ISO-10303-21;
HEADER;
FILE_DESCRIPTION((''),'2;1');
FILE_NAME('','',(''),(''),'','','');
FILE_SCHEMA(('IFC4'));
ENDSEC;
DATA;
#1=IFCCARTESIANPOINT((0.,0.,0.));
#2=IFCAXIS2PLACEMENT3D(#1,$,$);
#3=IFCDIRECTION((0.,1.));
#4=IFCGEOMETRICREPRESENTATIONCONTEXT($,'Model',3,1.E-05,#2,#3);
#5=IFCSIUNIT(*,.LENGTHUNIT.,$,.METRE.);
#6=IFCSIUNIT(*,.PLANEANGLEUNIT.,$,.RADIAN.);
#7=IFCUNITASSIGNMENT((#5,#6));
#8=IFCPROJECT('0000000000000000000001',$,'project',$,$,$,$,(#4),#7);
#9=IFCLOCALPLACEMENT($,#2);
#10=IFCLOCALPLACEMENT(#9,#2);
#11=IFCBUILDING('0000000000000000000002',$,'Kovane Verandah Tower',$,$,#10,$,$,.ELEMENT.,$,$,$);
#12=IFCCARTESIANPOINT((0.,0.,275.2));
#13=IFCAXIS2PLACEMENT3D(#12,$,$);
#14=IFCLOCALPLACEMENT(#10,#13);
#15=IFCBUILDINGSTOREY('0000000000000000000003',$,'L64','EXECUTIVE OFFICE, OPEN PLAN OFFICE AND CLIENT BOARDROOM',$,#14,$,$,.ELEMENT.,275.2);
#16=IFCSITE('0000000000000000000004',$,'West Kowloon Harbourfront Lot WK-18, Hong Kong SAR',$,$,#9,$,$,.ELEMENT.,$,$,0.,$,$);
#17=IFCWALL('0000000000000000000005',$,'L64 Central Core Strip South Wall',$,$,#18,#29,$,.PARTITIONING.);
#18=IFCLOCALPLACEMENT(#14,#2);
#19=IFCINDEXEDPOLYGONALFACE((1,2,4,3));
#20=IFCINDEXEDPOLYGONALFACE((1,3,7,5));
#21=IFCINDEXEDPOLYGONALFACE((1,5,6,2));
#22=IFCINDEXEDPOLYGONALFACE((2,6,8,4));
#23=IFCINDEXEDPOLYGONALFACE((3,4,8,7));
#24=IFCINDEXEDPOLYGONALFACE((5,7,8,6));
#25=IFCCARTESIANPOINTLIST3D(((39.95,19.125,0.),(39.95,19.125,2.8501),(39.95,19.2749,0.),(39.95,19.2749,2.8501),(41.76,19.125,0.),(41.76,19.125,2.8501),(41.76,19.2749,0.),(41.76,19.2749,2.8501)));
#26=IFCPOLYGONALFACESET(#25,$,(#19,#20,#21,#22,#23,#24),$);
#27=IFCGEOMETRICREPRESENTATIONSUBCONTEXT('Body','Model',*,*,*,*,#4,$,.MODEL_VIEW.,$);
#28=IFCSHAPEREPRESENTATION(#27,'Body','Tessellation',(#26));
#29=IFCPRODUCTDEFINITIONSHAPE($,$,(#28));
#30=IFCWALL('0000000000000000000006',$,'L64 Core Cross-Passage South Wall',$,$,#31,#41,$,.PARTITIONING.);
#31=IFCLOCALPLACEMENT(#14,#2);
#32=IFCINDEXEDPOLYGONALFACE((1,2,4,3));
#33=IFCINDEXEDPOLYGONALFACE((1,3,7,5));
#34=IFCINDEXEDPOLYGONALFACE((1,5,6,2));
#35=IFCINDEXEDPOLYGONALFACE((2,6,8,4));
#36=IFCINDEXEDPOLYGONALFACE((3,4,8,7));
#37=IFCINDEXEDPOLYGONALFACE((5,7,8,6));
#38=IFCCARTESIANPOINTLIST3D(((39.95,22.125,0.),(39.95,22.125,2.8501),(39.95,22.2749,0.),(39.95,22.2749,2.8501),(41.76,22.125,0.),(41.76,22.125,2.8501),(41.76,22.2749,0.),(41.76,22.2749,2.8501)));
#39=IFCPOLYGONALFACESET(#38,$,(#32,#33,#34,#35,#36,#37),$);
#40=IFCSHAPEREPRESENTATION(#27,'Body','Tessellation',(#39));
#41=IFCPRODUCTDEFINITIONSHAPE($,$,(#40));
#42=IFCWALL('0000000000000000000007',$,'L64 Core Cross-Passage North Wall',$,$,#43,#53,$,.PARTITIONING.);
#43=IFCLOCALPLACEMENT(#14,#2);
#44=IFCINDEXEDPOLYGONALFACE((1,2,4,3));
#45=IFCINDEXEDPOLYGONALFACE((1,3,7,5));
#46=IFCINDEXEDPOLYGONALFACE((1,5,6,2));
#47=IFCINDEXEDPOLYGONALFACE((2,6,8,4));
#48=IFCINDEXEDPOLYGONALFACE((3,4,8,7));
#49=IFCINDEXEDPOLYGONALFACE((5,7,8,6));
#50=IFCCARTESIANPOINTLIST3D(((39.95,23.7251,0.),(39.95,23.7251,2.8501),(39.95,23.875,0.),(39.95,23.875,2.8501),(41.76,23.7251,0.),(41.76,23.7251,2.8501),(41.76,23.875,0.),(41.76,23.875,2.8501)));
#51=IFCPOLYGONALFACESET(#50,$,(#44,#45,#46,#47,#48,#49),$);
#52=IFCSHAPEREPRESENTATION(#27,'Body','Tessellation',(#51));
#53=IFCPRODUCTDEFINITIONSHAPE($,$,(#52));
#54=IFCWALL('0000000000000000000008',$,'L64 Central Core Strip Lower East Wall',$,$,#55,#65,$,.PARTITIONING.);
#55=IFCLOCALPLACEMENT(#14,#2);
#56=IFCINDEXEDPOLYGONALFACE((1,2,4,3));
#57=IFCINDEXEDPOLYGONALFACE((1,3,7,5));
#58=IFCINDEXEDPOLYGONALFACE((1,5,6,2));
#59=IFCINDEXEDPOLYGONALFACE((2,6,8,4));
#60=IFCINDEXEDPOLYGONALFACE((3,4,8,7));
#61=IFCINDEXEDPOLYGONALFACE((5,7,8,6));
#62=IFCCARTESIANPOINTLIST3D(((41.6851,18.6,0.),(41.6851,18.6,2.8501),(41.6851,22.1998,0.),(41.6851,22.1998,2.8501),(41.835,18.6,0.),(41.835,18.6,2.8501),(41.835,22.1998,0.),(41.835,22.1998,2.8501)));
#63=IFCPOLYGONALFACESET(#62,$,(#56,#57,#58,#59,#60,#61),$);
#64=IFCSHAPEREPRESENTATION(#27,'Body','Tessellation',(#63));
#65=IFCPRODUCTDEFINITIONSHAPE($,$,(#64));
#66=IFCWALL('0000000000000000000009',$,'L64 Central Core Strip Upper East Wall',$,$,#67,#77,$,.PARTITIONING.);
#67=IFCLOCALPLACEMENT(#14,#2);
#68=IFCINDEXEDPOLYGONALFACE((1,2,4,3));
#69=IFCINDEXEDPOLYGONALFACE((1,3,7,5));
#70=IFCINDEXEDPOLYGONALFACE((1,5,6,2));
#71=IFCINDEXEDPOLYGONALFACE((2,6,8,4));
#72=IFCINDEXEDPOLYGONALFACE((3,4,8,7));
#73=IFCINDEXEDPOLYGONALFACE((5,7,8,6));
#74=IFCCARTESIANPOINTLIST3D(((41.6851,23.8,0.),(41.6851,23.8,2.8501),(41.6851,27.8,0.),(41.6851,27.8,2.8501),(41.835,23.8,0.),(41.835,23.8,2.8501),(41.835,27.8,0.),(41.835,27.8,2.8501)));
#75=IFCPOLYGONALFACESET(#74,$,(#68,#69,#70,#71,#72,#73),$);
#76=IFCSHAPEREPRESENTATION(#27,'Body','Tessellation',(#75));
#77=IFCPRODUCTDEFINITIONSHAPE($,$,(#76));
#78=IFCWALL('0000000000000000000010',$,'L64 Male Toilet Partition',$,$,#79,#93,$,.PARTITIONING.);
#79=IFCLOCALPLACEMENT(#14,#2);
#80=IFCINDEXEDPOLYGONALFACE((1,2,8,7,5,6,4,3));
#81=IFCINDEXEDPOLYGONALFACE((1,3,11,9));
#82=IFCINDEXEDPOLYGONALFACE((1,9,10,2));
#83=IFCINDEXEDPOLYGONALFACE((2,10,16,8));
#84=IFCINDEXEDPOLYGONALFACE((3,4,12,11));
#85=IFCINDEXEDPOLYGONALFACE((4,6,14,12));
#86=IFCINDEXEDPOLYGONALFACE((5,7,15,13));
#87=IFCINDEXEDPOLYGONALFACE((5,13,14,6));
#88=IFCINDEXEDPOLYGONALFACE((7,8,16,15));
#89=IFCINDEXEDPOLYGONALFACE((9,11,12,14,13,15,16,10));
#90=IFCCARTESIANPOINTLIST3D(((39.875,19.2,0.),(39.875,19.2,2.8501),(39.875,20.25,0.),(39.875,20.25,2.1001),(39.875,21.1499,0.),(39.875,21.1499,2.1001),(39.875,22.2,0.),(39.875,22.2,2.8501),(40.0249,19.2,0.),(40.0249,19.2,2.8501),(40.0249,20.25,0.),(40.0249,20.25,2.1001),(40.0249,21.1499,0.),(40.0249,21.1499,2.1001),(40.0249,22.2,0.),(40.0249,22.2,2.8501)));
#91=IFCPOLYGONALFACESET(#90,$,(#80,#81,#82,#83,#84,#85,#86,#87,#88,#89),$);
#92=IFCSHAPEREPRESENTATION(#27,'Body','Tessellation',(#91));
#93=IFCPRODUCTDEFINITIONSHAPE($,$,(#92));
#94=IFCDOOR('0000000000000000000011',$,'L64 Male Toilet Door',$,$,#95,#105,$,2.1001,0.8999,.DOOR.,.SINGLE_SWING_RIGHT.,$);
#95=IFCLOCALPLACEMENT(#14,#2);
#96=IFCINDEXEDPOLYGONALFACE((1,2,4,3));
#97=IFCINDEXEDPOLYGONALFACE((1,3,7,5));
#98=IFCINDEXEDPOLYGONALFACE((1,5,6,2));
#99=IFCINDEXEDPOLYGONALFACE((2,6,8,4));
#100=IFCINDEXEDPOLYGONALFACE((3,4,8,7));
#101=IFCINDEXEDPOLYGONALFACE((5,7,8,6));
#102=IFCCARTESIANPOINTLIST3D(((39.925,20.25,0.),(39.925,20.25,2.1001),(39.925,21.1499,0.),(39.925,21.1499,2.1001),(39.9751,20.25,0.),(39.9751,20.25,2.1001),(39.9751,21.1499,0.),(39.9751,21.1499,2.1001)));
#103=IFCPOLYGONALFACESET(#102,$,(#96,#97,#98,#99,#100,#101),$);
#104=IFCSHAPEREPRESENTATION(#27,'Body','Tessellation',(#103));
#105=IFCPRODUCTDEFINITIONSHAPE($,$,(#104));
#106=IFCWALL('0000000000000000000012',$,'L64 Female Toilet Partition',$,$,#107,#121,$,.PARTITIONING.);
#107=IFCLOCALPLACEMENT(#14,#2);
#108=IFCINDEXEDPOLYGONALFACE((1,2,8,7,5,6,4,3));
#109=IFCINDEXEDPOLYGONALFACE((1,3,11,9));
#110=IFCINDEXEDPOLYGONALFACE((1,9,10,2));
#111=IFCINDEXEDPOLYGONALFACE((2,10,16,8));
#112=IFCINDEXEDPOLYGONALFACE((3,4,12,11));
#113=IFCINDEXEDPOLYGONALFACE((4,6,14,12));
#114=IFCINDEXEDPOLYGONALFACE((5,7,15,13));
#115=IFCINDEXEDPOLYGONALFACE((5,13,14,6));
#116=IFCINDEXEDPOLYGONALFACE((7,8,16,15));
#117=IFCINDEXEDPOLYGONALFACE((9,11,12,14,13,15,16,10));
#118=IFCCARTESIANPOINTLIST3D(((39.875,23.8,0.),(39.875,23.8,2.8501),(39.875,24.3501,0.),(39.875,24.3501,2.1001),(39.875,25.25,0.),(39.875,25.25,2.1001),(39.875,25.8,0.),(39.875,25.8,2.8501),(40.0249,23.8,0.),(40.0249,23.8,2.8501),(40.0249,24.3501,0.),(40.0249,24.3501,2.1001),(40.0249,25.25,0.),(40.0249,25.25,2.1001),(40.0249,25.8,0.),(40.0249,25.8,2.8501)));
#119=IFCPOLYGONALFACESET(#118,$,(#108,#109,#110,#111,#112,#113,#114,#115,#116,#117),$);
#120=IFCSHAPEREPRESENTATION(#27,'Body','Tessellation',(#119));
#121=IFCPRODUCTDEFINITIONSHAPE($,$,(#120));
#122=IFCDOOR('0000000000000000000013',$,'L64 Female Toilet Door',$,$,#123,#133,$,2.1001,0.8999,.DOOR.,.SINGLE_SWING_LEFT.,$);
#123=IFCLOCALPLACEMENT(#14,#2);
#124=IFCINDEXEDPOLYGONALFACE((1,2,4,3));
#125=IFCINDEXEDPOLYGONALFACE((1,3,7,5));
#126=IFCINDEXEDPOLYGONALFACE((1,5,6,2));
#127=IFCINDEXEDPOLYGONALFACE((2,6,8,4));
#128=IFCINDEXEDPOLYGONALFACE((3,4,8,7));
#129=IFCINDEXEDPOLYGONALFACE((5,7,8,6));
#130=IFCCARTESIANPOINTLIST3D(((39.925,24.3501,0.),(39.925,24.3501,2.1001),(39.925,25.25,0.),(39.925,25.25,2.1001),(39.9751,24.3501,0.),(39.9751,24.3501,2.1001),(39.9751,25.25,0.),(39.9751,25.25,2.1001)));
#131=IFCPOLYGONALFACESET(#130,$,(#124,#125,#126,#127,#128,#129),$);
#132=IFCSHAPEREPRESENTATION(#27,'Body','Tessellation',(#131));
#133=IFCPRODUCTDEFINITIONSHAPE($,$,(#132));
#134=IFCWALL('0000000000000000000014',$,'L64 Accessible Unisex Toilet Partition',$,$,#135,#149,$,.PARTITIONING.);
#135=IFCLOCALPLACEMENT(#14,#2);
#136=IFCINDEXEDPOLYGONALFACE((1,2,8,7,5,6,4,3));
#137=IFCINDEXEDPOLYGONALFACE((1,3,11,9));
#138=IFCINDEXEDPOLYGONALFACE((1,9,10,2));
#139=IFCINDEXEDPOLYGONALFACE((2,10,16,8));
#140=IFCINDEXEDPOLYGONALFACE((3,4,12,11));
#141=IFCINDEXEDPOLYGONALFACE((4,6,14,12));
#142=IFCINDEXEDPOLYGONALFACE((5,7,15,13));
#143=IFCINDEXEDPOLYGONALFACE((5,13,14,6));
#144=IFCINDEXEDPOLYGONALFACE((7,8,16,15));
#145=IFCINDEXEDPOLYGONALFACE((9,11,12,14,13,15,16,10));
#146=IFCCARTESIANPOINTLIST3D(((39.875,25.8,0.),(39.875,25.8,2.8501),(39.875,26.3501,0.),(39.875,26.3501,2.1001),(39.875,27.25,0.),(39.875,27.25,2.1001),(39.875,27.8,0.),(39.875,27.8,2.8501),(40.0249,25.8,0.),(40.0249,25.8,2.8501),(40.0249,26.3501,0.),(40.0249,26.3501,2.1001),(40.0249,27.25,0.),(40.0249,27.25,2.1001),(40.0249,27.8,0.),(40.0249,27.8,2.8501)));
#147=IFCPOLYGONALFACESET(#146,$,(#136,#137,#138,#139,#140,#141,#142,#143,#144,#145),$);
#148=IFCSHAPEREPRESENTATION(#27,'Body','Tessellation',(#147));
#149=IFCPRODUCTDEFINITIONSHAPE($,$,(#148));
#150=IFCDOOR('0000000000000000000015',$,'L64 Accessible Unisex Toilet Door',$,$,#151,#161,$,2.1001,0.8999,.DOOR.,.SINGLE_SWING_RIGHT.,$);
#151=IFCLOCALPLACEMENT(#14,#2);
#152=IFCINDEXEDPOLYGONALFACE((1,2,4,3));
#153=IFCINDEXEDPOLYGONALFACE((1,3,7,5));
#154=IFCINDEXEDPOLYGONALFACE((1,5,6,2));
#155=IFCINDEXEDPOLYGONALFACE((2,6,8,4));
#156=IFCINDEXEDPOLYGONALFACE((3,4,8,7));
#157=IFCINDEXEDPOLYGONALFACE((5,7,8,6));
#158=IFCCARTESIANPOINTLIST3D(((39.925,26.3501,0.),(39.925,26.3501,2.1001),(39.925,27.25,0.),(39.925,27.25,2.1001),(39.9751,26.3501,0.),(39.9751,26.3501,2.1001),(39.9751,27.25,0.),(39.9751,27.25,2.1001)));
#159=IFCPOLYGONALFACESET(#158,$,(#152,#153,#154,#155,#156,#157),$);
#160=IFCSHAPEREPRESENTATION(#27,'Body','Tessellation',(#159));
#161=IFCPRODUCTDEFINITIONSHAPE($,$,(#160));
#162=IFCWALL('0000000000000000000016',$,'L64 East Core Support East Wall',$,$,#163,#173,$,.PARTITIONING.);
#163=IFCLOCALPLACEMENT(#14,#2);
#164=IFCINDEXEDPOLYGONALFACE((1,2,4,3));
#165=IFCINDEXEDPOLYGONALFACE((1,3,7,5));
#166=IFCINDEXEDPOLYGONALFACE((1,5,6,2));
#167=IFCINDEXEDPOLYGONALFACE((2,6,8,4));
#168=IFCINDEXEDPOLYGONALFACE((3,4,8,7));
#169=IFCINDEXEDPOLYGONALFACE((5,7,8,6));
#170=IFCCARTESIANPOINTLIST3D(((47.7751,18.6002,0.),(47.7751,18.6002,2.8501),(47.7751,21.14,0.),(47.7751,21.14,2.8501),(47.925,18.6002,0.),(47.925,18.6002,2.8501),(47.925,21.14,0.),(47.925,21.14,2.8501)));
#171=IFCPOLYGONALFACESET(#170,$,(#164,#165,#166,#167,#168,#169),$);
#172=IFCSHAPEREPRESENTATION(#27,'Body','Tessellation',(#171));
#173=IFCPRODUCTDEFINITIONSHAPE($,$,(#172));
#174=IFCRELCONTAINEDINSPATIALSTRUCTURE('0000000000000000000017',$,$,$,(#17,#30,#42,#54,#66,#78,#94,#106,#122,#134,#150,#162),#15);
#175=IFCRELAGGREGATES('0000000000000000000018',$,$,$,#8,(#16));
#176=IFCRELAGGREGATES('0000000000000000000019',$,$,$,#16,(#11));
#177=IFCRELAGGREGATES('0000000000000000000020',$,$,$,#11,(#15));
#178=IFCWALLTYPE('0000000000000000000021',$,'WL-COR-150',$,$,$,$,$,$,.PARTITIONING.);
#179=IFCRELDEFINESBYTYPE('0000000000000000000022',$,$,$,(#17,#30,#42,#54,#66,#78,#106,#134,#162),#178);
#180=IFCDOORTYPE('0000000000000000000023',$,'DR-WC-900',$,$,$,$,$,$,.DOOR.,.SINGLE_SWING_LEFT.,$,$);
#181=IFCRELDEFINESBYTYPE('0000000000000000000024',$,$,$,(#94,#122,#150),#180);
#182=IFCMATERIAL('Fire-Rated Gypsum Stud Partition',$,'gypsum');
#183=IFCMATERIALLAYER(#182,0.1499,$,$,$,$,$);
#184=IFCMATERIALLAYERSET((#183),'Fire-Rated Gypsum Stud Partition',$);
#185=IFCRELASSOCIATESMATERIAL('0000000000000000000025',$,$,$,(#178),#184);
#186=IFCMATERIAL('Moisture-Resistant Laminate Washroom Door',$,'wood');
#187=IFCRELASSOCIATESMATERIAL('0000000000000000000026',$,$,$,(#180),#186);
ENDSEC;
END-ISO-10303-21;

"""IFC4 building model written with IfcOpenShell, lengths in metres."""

from ifc_helpers import new_model, si_unit, direction, frame, frame_2d, origin, place, context, subcontext, project, spatial, rectangle, extrude, material, layer, layer_set, type_object, element, fill, save


model = new_model("IFC4")

# Units and contexts
model_context = context("Model", 3, precision=1e-05, world=origin(), true_north=direction((0.0, 1.0)))
body_context = subcontext(model_context, "Body", "Model", "MODEL_VIEW")
ifc_project = project(units=[si_unit("LENGTHUNIT", "METRE"), si_unit("PLANEANGLEUNIT", "RADIAN")], contexts=[model_context])

# Site, building, storey
site_placement = place(None, origin())
site = spatial("IfcSite", under=ifc_project, at=site_placement, Name="West Kowloon Harbourfront Lot WK-18, Hong Kong SAR", CompositionType="ELEMENT", RefElevation=0.0)
building_placement = place(site_placement, origin())
building = spatial("IfcBuilding", under=site, at=building_placement, Name="Kovane Verandah Tower", CompositionType="ELEMENT")
storey_placement = place(building_placement, frame((0.0, 0.0, 275.2)))
storey = spatial("IfcBuildingStorey", under=building, at=storey_placement, Name="L64", Description="EXECUTIVE OFFICE, OPEN PLAN OFFICE AND CLIENT BOARDROOM", CompositionType="ELEMENT", Elevation=275.2)

# Walls
ifc_material_1 = material(Name="Fire-Rated Gypsum Stud Partition", Category="gypsum")
ifc_layer_1 = layer(ifc_material_1, 0.1499)
ifc_layer_set_1 = layer_set([ifc_layer_1], Name="Fire-Rated Gypsum Stud Partition")
wall_type_1 = type_object("IfcWallType", Name="WL-COR-150", PredefinedType="PARTITIONING", material=ifc_layer_set_1)
for number, where, z_axis, x_axis, name in (
    (1, (39.95, 19.2, 0.0), (0.0, 0.0, 1.0), (1.0, 0.0, 0.0), "L64 Central Core Strip South Wall"),
    (2, (39.95, 22.2, 0.0), (0.0, 0.0, 1.0), (1.0, 0.0, 0.0), "L64 Core Cross-Passage South Wall"),
    (3, (39.95, 23.8, 0.0), (0.0, 0.0, 1.0), (1.0, 0.0, 0.0), "L64 Core Cross-Passage North Wall"),
):
    element("IfcWall", number, at=place(storey_placement, frame(where, z_axis=z_axis, x_axis=x_axis)), inside=storey, type_object=wall_type_1, Name=name, PredefinedType="PARTITIONING", context=body_context, shape_type="SweptSolid", body=[
        extrude(rectangle(XDim=1.8101, YDim=0.1499, at=frame_2d((0.905, 0.0))), origin(), (0.0, 0.0, 1.0), 2.8501),
    ])
wall_1_placement = place(storey_placement, frame((41.76, 18.6001, 0.0), z_axis=(0.0, 0.0, 1.0), x_axis=(0.0, 1.0, 0.0)))
element("IfcWall", 4, at=wall_1_placement, inside=storey, type_object=wall_type_1, Name="L64 Central Core Strip Lower East Wall", PredefinedType="PARTITIONING", context=body_context, shape_type="SweptSolid", body=[
    extrude(rectangle(XDim=3.5999, YDim=0.1499, at=frame_2d((1.7998, 0.0))), origin(), (0.0, 0.0, 1.0), 2.8501),
])
wall_2_placement = place(storey_placement, frame((41.76, 23.8, 0.0), z_axis=(0.0, 0.0, 1.0), x_axis=(0.0, 1.0, 0.0)))
element("IfcWall", 5, at=wall_2_placement, inside=storey, type_object=wall_type_1, Name="L64 Central Core Strip Upper East Wall", PredefinedType="PARTITIONING", context=body_context, shape_type="SweptSolid", body=[
    extrude(rectangle(XDim=4.0, YDim=0.1499, at=frame_2d((2.0, 0.0))), origin(), (0.0, 0.0, 1.0), 2.8501),
])

# Walls, openings, doors
wall_3_placement = place(storey_placement, frame((39.95, 19.2, 0.0), z_axis=(0.0, 0.0, 1.0), x_axis=(0.0, 1.0, 0.0)))
wall_3 = element("IfcWall", 6, at=wall_3_placement, inside=storey, type_object=wall_type_1, Name="L64 Male Toilet Partition", PredefinedType="PARTITIONING", context=body_context, shape_type="SweptSolid", body=[
    extrude(rectangle(XDim=3.0, YDim=0.1499, at=frame_2d((1.5, 0.0))), origin(), (0.0, 0.0, 1.0), 2.8501),
])
opening_1_placement = place(wall_3_placement, frame((1.05, 0.0, 0.0)))
opening_1 = element("IfcOpeningElement", 7, at=opening_1_placement, cuts=wall_3, PredefinedType="OPENING", context=body_context, shape_type="SweptSolid", body=[
    extrude(rectangle(XDim=0.8999, YDim=2.1001, at=frame_2d((0.45, 1.05))), frame((0.0, 0.075, 0.0), z_axis=(0.0, -1.0, 0.0), x_axis=(1.0, 0.0, 0.0)), (0.0, 0.0, 1.0), 0.1499),
])
ifc_material_2 = material(Name="Moisture-Resistant Laminate Washroom Door", Category="wood")
door_type_1 = type_object("IfcDoorType", Name="DR-WC-900", OperationType="SINGLE_SWING_LEFT", PredefinedType="DOOR", material=ifc_material_2)
door_1_placement = place(opening_1_placement, origin())
door_1 = element("IfcDoor", 8, at=door_1_placement, inside=storey, type_object=door_type_1, Name="L64 Male Toilet Door", OperationType="SINGLE_SWING_RIGHT", OverallHeight=2.1001, OverallWidth=0.8999, PredefinedType="DOOR", context=body_context, shape_type="SweptSolid", body=[
    extrude(rectangle(XDim=0.8999, YDim=2.1001, at=frame_2d((0.45, 1.05))), frame((0.0, 0.0249, 0.0), z_axis=(0.0, -1.0, 0.0), x_axis=(1.0, 0.0, 0.0)), (0.0, 0.0, 1.0), 0.05),
])
fill(opening_1, door_1)
wall_4_placement = place(storey_placement, frame((39.95, 23.8, 0.0), z_axis=(0.0, 0.0, 1.0), x_axis=(0.0, 1.0, 0.0)))
wall_4 = element("IfcWall", 9, at=wall_4_placement, inside=storey, type_object=wall_type_1, Name="L64 Female Toilet Partition", PredefinedType="PARTITIONING", context=body_context, shape_type="SweptSolid", body=[
    extrude(rectangle(XDim=2.0, YDim=0.1499, at=frame_2d((1.0, 0.0))), origin(), (0.0, 0.0, 1.0), 2.8501),
])
opening_2_placement = place(wall_4_placement, frame((0.55, 0.0, 0.0)))
opening_2 = element("IfcOpeningElement", 10, at=opening_2_placement, cuts=wall_4, PredefinedType="OPENING", context=body_context, shape_type="SweptSolid", body=[
    extrude(rectangle(XDim=0.8999, YDim=2.1001, at=frame_2d((0.45, 1.05))), frame((0.0, 0.075, 0.0), z_axis=(0.0, -1.0, 0.0), x_axis=(1.0, 0.0, 0.0)), (0.0, 0.0, 1.0), 0.1499),
])
door_2_placement = place(opening_2_placement, origin())
door_2 = element("IfcDoor", 11, at=door_2_placement, inside=storey, type_object=door_type_1, Name="L64 Female Toilet Door", OperationType="SINGLE_SWING_LEFT", OverallHeight=2.1001, OverallWidth=0.8999, PredefinedType="DOOR", context=body_context, shape_type="SweptSolid", body=[
    extrude(rectangle(XDim=0.8999, YDim=2.1001, at=frame_2d((0.45, 1.05))), frame((0.0, 0.0249, 0.0), z_axis=(0.0, -1.0, 0.0), x_axis=(1.0, 0.0, 0.0)), (0.0, 0.0, 1.0), 0.05),
])
fill(opening_2, door_2)
wall_5_placement = place(storey_placement, frame((39.95, 25.8, 0.0), z_axis=(0.0, 0.0, 1.0), x_axis=(0.0, 1.0, 0.0)))
wall_5 = element("IfcWall", 12, at=wall_5_placement, inside=storey, type_object=wall_type_1, Name="L64 Accessible Unisex Toilet Partition", PredefinedType="PARTITIONING", context=body_context, shape_type="SweptSolid", body=[
    extrude(rectangle(XDim=2.0, YDim=0.1499, at=frame_2d((1.0, 0.0))), origin(), (0.0, 0.0, 1.0), 2.8501),
])
opening_3_placement = place(wall_5_placement, frame((0.55, 0.0, 0.0)))
opening_3 = element("IfcOpeningElement", 13, at=opening_3_placement, cuts=wall_5, PredefinedType="OPENING", context=body_context, shape_type="SweptSolid", body=[
    extrude(rectangle(XDim=0.8999, YDim=2.1001, at=frame_2d((0.45, 1.05))), frame((0.0, 0.075, 0.0), z_axis=(0.0, -1.0, 0.0), x_axis=(1.0, 0.0, 0.0)), (0.0, 0.0, 1.0), 0.1499),
])
door_3_placement = place(opening_3_placement, origin())
door_3 = element("IfcDoor", 14, at=door_3_placement, inside=storey, type_object=door_type_1, Name="L64 Accessible Unisex Toilet Door", OperationType="SINGLE_SWING_RIGHT", OverallHeight=2.1001, OverallWidth=0.8999, PredefinedType="DOOR", context=body_context, shape_type="SweptSolid", body=[
    extrude(rectangle(XDim=0.8999, YDim=2.1001, at=frame_2d((0.45, 1.05))), frame((0.0, 0.0249, 0.0), z_axis=(0.0, -1.0, 0.0), x_axis=(1.0, 0.0, 0.0)), (0.0, 0.0, 1.0), 0.05),
])
fill(opening_3, door_3)

# Wall
wall_6_placement = place(storey_placement, frame((47.8501, 18.6001, 0.0), z_axis=(0.0, 0.0, 1.0), x_axis=(0.0, 1.0, 0.0)))
element("IfcWall", 15, at=wall_6_placement, inside=storey, type_object=wall_type_1, Name="L64 East Core Support East Wall", PredefinedType="PARTITIONING", context=body_context, shape_type="SweptSolid", body=[
    extrude(rectangle(XDim=2.5398, YDim=0.1499, at=frame_2d((1.27, 0.0))), origin(), (0.0, 0.0, 1.0), 2.8501),
])

save(model, "model.ifc")
